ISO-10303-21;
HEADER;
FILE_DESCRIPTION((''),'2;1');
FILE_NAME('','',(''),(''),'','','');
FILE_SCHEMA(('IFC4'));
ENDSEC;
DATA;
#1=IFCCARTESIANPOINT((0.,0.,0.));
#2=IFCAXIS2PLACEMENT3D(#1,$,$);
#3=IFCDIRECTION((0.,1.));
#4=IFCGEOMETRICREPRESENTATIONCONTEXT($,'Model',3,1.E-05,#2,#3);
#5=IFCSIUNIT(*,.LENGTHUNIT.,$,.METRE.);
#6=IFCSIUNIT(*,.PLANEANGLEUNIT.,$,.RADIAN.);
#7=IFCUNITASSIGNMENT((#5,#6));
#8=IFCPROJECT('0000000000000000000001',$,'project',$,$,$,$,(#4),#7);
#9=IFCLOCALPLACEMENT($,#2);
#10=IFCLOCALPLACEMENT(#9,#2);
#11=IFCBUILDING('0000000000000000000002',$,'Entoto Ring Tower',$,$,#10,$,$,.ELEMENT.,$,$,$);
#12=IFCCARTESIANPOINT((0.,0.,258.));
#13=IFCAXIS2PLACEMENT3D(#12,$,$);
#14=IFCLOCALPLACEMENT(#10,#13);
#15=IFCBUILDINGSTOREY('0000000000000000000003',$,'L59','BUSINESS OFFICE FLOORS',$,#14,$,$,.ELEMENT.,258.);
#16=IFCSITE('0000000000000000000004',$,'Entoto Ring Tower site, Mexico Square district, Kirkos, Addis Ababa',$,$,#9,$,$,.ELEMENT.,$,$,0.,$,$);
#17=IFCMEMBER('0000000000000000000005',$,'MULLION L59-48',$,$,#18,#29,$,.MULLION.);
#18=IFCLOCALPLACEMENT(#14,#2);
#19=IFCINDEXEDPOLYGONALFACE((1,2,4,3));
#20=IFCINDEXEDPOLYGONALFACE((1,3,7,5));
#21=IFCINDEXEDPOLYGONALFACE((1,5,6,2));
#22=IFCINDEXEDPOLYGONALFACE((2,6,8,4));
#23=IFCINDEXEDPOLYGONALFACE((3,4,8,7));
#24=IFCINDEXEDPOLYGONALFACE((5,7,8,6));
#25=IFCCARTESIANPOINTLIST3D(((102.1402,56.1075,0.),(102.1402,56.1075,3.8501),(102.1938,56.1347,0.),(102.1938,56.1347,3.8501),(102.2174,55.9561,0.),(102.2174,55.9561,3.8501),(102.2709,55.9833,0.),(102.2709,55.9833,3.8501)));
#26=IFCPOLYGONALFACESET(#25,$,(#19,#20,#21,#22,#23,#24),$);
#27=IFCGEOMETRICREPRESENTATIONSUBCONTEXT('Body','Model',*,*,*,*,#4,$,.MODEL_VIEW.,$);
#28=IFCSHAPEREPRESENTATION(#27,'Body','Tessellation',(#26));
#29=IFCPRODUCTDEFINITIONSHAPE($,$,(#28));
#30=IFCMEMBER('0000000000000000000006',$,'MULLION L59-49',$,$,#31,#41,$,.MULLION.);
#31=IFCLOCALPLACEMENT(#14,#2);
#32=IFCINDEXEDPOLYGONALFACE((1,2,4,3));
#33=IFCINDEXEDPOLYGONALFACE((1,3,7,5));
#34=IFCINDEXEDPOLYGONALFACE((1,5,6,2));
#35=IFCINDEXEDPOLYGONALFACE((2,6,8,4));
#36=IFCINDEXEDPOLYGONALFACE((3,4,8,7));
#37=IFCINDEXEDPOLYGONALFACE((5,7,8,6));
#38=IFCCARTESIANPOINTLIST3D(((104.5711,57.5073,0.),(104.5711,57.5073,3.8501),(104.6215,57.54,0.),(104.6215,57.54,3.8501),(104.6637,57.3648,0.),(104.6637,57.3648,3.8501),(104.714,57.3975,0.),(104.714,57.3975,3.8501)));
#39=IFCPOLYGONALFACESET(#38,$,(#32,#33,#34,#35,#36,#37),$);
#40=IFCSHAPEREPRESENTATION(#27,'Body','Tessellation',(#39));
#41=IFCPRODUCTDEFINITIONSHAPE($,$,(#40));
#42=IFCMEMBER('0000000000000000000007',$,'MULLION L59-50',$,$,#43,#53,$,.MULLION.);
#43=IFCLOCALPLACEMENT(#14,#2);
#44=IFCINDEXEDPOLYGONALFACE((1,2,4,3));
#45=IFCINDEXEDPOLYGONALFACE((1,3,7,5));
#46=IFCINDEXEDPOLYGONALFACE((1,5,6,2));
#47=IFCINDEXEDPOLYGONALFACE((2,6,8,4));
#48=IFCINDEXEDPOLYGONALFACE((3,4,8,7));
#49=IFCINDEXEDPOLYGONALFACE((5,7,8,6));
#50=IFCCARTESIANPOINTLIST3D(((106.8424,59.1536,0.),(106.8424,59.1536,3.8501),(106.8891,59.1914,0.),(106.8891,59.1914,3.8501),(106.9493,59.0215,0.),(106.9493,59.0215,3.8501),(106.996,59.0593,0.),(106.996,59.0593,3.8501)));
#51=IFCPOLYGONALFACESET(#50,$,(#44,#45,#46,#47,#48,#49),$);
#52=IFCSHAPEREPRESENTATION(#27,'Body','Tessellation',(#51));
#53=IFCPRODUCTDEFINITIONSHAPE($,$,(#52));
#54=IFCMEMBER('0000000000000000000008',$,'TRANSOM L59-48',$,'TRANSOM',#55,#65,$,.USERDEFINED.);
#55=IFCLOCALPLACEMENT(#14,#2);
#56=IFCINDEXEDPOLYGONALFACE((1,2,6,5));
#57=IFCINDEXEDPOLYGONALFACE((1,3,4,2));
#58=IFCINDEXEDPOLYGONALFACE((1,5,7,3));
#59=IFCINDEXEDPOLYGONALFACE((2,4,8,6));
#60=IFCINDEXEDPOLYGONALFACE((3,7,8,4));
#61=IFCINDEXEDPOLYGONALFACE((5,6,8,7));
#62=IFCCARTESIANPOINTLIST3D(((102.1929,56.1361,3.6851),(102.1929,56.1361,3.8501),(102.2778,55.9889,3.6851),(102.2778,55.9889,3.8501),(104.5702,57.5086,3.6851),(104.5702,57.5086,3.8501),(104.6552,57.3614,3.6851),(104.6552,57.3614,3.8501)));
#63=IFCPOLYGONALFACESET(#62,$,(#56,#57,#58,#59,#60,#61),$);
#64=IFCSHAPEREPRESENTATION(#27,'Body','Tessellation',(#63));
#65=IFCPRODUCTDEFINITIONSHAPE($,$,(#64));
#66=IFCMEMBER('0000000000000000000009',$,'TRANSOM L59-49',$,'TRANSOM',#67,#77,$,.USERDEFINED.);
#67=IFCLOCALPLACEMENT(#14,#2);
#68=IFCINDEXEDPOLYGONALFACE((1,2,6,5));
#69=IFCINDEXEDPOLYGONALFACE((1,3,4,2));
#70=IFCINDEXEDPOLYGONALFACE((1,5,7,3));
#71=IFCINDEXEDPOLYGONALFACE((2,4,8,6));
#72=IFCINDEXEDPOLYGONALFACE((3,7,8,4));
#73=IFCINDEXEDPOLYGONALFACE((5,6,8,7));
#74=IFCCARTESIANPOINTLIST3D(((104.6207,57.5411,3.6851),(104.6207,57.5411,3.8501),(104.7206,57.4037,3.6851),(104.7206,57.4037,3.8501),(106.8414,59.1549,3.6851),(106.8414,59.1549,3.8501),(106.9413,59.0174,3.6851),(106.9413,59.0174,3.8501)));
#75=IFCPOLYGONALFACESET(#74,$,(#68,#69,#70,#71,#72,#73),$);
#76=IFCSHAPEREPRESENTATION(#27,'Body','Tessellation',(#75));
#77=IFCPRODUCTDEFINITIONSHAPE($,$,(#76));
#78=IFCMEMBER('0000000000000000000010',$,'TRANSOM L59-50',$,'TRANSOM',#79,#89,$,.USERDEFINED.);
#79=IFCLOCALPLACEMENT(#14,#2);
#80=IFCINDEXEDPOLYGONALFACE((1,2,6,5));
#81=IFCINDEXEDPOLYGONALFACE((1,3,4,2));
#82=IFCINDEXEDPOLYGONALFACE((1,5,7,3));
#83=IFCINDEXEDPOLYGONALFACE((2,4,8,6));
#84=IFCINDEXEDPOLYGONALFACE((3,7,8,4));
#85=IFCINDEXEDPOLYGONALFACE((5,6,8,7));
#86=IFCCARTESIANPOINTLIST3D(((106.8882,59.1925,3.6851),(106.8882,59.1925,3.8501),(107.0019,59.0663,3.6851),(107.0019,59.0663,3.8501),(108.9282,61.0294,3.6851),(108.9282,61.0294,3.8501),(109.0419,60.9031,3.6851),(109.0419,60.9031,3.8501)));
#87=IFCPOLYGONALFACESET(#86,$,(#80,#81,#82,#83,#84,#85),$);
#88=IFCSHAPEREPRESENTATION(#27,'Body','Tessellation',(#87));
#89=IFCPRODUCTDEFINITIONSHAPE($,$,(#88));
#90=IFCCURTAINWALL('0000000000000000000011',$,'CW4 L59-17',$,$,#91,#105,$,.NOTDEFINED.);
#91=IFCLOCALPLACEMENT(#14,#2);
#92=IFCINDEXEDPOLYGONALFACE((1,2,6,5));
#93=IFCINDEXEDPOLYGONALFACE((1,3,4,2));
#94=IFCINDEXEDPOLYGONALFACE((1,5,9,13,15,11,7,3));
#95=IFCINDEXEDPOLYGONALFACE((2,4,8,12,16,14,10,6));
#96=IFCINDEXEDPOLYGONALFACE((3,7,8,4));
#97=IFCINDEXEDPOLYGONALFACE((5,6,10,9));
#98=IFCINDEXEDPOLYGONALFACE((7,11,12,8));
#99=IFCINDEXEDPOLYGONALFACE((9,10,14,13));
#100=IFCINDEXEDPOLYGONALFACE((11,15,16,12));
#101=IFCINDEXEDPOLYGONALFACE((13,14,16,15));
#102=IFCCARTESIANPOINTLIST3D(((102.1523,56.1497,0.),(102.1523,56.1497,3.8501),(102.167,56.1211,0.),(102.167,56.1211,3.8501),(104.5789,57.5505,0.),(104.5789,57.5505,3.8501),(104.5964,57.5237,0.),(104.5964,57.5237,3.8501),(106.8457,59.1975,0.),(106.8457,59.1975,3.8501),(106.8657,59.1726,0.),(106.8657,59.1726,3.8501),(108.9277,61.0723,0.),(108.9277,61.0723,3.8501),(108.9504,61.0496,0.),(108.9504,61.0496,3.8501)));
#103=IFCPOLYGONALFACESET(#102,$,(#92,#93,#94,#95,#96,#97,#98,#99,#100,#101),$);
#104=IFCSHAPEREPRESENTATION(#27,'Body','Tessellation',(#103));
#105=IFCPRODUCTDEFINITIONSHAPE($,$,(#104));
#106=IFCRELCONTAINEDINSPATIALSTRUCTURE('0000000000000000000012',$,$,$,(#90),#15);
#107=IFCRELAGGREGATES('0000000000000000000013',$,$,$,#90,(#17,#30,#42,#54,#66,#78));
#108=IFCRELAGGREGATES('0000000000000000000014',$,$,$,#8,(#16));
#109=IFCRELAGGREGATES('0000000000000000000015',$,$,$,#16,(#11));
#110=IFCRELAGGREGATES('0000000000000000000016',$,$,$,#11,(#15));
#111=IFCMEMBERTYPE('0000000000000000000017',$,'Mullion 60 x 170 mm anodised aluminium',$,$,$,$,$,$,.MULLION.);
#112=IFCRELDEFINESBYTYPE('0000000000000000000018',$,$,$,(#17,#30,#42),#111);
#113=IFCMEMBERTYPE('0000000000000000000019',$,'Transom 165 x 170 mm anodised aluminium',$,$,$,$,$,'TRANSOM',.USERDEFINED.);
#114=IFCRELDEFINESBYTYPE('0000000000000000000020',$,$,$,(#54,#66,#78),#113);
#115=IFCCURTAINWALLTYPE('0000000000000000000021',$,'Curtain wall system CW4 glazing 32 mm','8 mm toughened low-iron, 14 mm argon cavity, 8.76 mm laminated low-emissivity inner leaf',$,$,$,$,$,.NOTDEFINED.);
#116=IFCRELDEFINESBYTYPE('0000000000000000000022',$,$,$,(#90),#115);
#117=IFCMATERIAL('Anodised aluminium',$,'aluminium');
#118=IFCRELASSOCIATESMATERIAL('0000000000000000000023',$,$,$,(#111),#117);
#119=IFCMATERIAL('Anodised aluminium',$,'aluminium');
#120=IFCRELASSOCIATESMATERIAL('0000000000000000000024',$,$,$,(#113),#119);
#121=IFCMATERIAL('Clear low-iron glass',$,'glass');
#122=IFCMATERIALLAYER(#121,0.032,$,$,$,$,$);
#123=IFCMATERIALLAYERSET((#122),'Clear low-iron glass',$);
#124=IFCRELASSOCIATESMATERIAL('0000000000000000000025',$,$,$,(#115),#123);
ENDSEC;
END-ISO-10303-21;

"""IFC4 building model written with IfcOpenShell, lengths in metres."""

from ifc_helpers import new_model, si_unit, direction, frame, origin, origin_2d, place, context, subcontext, project, spatial, polyline, rectangle, outline, extrude, material, layer, layer_set, material_profile, profile_set, type_object, element, aggregate, save


model = new_model("IFC4")

# Units and contexts
model_context = context("Model", 3, precision=1e-05, world=origin(), true_north=direction((0.0, 1.0)))
body_context = subcontext(model_context, "Body", "Model", "MODEL_VIEW")
ifc_project = project(units=[si_unit("LENGTHUNIT", "METRE"), si_unit("PLANEANGLEUNIT", "RADIAN")], contexts=[model_context])

# Members
ifc_material_1 = material(Name="Anodised aluminium", Category="aluminium")
ifc_material_profile_1 = material_profile(ifc_material_1, rectangle(XDim=0.0601, YDim=0.1699, at=origin_2d()), Name="Mullion 60 x 170 mm anodised aluminium")
ifc_profile_set_1 = profile_set([ifc_material_profile_1], Name="Anodised aluminium")
member_type_1 = type_object("IfcMemberType", Name="Mullion 60 x 170 mm anodised aluminium", PredefinedType="MULLION", material=ifc_profile_set_1)
site_placement = place(None, origin())
building_placement = place(site_placement, origin())
storey_placement = place(building_placement, frame((0.0, 0.0, 258.0)))
member_1_placement = place(storey_placement, frame((102.2056, 56.0454, 0.0), z_axis=(0.0, 0.0, 1.0), x_axis=(0.891007, 0.45399, 0.0)))
member_1 = element("IfcMember", 1, at=member_1_placement, type_object=member_type_1, Name="MULLION L59-48", PredefinedType="MULLION", context=body_context, shape_type="SweptSolid", body=[
    extrude(rectangle(XDim=0.0601, YDim=0.1699, at=origin_2d()), origin(), (0.0, 0.0, 1.0), 3.8501),
])
member_2_placement = place(storey_placement, frame((104.6426, 57.4524, 0.0), z_axis=(0.0, 0.0, 1.0), x_axis=(0.838671, 0.544639, 0.0)))
member_2 = element("IfcMember", 2, at=member_2_placement, type_object=member_type_1, Name="MULLION L59-49", PredefinedType="MULLION", context=body_context, shape_type="SweptSolid", body=[
    extrude(rectangle(XDim=0.0601, YDim=0.1699, at=origin_2d()), origin(), (0.0, 0.0, 1.0), 3.8501),
])
member_3_placement = place(storey_placement, frame((106.9192, 59.1064, 0.0), z_axis=(0.0, 0.0, 1.0), x_axis=(0.777146, 0.62932, 0.0)))
member_3 = element("IfcMember", 3, at=member_3_placement, type_object=member_type_1, Name="MULLION L59-50", PredefinedType="MULLION", context=body_context, shape_type="SweptSolid", body=[
    extrude(rectangle(XDim=0.0601, YDim=0.1699, at=origin_2d()), origin(), (0.0, 0.0, 1.0), 3.8501),
])
ifc_material_2 = material(Name="Anodised aluminium", Category="aluminium")
ifc_material_profile_2 = material_profile(ifc_material_2, rectangle(XDim=0.1699, YDim=0.165, at=origin_2d()), Name="Transom 165 x 170 mm anodised aluminium")
ifc_profile_set_2 = profile_set([ifc_material_profile_2], Name="Anodised aluminium")
member_type_2 = type_object("IfcMemberType", Name="Transom 165 x 170 mm anodised aluminium", ElementType="TRANSOM", PredefinedType="USERDEFINED", material=ifc_profile_set_2)
member_4_placement = place(storey_placement, frame((102.2354, 56.0625, 3.7676), z_axis=(0.866035, 0.499984, 0.0), x_axis=(-0.499984, 0.866035, 0.0)))
member_4 = element("IfcMember", 4, at=member_4_placement, type_object=member_type_2, Name="TRANSOM L59-48", ObjectType="TRANSOM", PredefinedType="USERDEFINED", context=body_context, shape_type="SweptSolid", body=[
    extrude(rectangle(XDim=0.1699, YDim=0.165, at=origin_2d()), origin(), (0.0, 0.0, 1.0), 2.7451),
])
member_5_placement = place(storey_placement, frame((104.6707, 57.4724, 3.7676), z_axis=(0.808959, 0.587865, 0.0), x_axis=(-0.587865, 0.808959, 0.0)))
member_5 = element("IfcMember", 5, at=member_5_placement, type_object=member_type_2, Name="TRANSOM L59-49", ObjectType="TRANSOM", PredefinedType="USERDEFINED", context=body_context, shape_type="SweptSolid", body=[
    extrude(rectangle(XDim=0.1699, YDim=0.165, at=origin_2d()), origin(), (0.0, 0.0, 1.0), 2.7451),
])
member_6_placement = place(storey_placement, frame((106.9451, 59.1294, 3.7676), z_axis=(0.743135, 0.669142, 0.0), x_axis=(-0.669142, 0.743135, 0.0)))
member_6 = element("IfcMember", 6, at=member_6_placement, type_object=member_type_2, Name="TRANSOM L59-50", ObjectType="TRANSOM", PredefinedType="USERDEFINED", context=body_context, shape_type="SweptSolid", body=[
    extrude(rectangle(XDim=0.1699, YDim=0.165, at=origin_2d()), origin(), (0.0, 0.0, 1.0), 2.7451),
])

# Site, building, storey
site = spatial("IfcSite", under=ifc_project, at=site_placement, Name="Entoto Ring Tower site, Mexico Square district, Kirkos, Addis Ababa", CompositionType="ELEMENT", RefElevation=0.0)
building = spatial("IfcBuilding", under=site, at=building_placement, Name="Entoto Ring Tower", CompositionType="ELEMENT")
storey = spatial("IfcBuildingStorey", under=building, at=storey_placement, Name="L59", Description="BUSINESS OFFICE FLOORS", CompositionType="ELEMENT", Elevation=258.0)

# Curtain wall
ifc_material_3 = material(Name="Clear low-iron glass", Category="glass")
ifc_layer_1 = layer(ifc_material_3, 0.032)
ifc_layer_set_1 = layer_set([ifc_layer_1], Name="Clear low-iron glass")
curtain_wall_type = type_object("IfcCurtainWallType", Name="Curtain wall system CW4 glazing 32 mm", Description="8 mm toughened low-iron, 14 mm argon cavity, 8.76 mm laminated low-emissivity inner leaf", PredefinedType="NOTDEFINED", material=ifc_layer_set_1)
curtain_wall_1_placement = place(storey_placement, origin())
curtain_wall_1 = element("IfcCurtainWall", 7, at=curtain_wall_1_placement, inside=storey, type_object=curtain_wall_type, Name="CW4 L59-17", PredefinedType="NOTDEFINED", context=body_context, shape_type="SweptSolid", body=[
    extrude(outline(polyline([(102.167, 56.1211), (104.5964, 57.5237), (106.8657, 59.1726), (108.9504, 61.0496), (108.9277, 61.0723), (106.8457, 59.1975), (104.5789, 57.5505), (102.1523, 56.1497), (102.167, 56.1211)])), origin(), (0.0, 0.0, 1.0), 3.8501),
])
aggregate(curtain_wall_1, [member_1, member_2, member_3, member_4, member_5, member_6])

save(model, "model.ifc")
